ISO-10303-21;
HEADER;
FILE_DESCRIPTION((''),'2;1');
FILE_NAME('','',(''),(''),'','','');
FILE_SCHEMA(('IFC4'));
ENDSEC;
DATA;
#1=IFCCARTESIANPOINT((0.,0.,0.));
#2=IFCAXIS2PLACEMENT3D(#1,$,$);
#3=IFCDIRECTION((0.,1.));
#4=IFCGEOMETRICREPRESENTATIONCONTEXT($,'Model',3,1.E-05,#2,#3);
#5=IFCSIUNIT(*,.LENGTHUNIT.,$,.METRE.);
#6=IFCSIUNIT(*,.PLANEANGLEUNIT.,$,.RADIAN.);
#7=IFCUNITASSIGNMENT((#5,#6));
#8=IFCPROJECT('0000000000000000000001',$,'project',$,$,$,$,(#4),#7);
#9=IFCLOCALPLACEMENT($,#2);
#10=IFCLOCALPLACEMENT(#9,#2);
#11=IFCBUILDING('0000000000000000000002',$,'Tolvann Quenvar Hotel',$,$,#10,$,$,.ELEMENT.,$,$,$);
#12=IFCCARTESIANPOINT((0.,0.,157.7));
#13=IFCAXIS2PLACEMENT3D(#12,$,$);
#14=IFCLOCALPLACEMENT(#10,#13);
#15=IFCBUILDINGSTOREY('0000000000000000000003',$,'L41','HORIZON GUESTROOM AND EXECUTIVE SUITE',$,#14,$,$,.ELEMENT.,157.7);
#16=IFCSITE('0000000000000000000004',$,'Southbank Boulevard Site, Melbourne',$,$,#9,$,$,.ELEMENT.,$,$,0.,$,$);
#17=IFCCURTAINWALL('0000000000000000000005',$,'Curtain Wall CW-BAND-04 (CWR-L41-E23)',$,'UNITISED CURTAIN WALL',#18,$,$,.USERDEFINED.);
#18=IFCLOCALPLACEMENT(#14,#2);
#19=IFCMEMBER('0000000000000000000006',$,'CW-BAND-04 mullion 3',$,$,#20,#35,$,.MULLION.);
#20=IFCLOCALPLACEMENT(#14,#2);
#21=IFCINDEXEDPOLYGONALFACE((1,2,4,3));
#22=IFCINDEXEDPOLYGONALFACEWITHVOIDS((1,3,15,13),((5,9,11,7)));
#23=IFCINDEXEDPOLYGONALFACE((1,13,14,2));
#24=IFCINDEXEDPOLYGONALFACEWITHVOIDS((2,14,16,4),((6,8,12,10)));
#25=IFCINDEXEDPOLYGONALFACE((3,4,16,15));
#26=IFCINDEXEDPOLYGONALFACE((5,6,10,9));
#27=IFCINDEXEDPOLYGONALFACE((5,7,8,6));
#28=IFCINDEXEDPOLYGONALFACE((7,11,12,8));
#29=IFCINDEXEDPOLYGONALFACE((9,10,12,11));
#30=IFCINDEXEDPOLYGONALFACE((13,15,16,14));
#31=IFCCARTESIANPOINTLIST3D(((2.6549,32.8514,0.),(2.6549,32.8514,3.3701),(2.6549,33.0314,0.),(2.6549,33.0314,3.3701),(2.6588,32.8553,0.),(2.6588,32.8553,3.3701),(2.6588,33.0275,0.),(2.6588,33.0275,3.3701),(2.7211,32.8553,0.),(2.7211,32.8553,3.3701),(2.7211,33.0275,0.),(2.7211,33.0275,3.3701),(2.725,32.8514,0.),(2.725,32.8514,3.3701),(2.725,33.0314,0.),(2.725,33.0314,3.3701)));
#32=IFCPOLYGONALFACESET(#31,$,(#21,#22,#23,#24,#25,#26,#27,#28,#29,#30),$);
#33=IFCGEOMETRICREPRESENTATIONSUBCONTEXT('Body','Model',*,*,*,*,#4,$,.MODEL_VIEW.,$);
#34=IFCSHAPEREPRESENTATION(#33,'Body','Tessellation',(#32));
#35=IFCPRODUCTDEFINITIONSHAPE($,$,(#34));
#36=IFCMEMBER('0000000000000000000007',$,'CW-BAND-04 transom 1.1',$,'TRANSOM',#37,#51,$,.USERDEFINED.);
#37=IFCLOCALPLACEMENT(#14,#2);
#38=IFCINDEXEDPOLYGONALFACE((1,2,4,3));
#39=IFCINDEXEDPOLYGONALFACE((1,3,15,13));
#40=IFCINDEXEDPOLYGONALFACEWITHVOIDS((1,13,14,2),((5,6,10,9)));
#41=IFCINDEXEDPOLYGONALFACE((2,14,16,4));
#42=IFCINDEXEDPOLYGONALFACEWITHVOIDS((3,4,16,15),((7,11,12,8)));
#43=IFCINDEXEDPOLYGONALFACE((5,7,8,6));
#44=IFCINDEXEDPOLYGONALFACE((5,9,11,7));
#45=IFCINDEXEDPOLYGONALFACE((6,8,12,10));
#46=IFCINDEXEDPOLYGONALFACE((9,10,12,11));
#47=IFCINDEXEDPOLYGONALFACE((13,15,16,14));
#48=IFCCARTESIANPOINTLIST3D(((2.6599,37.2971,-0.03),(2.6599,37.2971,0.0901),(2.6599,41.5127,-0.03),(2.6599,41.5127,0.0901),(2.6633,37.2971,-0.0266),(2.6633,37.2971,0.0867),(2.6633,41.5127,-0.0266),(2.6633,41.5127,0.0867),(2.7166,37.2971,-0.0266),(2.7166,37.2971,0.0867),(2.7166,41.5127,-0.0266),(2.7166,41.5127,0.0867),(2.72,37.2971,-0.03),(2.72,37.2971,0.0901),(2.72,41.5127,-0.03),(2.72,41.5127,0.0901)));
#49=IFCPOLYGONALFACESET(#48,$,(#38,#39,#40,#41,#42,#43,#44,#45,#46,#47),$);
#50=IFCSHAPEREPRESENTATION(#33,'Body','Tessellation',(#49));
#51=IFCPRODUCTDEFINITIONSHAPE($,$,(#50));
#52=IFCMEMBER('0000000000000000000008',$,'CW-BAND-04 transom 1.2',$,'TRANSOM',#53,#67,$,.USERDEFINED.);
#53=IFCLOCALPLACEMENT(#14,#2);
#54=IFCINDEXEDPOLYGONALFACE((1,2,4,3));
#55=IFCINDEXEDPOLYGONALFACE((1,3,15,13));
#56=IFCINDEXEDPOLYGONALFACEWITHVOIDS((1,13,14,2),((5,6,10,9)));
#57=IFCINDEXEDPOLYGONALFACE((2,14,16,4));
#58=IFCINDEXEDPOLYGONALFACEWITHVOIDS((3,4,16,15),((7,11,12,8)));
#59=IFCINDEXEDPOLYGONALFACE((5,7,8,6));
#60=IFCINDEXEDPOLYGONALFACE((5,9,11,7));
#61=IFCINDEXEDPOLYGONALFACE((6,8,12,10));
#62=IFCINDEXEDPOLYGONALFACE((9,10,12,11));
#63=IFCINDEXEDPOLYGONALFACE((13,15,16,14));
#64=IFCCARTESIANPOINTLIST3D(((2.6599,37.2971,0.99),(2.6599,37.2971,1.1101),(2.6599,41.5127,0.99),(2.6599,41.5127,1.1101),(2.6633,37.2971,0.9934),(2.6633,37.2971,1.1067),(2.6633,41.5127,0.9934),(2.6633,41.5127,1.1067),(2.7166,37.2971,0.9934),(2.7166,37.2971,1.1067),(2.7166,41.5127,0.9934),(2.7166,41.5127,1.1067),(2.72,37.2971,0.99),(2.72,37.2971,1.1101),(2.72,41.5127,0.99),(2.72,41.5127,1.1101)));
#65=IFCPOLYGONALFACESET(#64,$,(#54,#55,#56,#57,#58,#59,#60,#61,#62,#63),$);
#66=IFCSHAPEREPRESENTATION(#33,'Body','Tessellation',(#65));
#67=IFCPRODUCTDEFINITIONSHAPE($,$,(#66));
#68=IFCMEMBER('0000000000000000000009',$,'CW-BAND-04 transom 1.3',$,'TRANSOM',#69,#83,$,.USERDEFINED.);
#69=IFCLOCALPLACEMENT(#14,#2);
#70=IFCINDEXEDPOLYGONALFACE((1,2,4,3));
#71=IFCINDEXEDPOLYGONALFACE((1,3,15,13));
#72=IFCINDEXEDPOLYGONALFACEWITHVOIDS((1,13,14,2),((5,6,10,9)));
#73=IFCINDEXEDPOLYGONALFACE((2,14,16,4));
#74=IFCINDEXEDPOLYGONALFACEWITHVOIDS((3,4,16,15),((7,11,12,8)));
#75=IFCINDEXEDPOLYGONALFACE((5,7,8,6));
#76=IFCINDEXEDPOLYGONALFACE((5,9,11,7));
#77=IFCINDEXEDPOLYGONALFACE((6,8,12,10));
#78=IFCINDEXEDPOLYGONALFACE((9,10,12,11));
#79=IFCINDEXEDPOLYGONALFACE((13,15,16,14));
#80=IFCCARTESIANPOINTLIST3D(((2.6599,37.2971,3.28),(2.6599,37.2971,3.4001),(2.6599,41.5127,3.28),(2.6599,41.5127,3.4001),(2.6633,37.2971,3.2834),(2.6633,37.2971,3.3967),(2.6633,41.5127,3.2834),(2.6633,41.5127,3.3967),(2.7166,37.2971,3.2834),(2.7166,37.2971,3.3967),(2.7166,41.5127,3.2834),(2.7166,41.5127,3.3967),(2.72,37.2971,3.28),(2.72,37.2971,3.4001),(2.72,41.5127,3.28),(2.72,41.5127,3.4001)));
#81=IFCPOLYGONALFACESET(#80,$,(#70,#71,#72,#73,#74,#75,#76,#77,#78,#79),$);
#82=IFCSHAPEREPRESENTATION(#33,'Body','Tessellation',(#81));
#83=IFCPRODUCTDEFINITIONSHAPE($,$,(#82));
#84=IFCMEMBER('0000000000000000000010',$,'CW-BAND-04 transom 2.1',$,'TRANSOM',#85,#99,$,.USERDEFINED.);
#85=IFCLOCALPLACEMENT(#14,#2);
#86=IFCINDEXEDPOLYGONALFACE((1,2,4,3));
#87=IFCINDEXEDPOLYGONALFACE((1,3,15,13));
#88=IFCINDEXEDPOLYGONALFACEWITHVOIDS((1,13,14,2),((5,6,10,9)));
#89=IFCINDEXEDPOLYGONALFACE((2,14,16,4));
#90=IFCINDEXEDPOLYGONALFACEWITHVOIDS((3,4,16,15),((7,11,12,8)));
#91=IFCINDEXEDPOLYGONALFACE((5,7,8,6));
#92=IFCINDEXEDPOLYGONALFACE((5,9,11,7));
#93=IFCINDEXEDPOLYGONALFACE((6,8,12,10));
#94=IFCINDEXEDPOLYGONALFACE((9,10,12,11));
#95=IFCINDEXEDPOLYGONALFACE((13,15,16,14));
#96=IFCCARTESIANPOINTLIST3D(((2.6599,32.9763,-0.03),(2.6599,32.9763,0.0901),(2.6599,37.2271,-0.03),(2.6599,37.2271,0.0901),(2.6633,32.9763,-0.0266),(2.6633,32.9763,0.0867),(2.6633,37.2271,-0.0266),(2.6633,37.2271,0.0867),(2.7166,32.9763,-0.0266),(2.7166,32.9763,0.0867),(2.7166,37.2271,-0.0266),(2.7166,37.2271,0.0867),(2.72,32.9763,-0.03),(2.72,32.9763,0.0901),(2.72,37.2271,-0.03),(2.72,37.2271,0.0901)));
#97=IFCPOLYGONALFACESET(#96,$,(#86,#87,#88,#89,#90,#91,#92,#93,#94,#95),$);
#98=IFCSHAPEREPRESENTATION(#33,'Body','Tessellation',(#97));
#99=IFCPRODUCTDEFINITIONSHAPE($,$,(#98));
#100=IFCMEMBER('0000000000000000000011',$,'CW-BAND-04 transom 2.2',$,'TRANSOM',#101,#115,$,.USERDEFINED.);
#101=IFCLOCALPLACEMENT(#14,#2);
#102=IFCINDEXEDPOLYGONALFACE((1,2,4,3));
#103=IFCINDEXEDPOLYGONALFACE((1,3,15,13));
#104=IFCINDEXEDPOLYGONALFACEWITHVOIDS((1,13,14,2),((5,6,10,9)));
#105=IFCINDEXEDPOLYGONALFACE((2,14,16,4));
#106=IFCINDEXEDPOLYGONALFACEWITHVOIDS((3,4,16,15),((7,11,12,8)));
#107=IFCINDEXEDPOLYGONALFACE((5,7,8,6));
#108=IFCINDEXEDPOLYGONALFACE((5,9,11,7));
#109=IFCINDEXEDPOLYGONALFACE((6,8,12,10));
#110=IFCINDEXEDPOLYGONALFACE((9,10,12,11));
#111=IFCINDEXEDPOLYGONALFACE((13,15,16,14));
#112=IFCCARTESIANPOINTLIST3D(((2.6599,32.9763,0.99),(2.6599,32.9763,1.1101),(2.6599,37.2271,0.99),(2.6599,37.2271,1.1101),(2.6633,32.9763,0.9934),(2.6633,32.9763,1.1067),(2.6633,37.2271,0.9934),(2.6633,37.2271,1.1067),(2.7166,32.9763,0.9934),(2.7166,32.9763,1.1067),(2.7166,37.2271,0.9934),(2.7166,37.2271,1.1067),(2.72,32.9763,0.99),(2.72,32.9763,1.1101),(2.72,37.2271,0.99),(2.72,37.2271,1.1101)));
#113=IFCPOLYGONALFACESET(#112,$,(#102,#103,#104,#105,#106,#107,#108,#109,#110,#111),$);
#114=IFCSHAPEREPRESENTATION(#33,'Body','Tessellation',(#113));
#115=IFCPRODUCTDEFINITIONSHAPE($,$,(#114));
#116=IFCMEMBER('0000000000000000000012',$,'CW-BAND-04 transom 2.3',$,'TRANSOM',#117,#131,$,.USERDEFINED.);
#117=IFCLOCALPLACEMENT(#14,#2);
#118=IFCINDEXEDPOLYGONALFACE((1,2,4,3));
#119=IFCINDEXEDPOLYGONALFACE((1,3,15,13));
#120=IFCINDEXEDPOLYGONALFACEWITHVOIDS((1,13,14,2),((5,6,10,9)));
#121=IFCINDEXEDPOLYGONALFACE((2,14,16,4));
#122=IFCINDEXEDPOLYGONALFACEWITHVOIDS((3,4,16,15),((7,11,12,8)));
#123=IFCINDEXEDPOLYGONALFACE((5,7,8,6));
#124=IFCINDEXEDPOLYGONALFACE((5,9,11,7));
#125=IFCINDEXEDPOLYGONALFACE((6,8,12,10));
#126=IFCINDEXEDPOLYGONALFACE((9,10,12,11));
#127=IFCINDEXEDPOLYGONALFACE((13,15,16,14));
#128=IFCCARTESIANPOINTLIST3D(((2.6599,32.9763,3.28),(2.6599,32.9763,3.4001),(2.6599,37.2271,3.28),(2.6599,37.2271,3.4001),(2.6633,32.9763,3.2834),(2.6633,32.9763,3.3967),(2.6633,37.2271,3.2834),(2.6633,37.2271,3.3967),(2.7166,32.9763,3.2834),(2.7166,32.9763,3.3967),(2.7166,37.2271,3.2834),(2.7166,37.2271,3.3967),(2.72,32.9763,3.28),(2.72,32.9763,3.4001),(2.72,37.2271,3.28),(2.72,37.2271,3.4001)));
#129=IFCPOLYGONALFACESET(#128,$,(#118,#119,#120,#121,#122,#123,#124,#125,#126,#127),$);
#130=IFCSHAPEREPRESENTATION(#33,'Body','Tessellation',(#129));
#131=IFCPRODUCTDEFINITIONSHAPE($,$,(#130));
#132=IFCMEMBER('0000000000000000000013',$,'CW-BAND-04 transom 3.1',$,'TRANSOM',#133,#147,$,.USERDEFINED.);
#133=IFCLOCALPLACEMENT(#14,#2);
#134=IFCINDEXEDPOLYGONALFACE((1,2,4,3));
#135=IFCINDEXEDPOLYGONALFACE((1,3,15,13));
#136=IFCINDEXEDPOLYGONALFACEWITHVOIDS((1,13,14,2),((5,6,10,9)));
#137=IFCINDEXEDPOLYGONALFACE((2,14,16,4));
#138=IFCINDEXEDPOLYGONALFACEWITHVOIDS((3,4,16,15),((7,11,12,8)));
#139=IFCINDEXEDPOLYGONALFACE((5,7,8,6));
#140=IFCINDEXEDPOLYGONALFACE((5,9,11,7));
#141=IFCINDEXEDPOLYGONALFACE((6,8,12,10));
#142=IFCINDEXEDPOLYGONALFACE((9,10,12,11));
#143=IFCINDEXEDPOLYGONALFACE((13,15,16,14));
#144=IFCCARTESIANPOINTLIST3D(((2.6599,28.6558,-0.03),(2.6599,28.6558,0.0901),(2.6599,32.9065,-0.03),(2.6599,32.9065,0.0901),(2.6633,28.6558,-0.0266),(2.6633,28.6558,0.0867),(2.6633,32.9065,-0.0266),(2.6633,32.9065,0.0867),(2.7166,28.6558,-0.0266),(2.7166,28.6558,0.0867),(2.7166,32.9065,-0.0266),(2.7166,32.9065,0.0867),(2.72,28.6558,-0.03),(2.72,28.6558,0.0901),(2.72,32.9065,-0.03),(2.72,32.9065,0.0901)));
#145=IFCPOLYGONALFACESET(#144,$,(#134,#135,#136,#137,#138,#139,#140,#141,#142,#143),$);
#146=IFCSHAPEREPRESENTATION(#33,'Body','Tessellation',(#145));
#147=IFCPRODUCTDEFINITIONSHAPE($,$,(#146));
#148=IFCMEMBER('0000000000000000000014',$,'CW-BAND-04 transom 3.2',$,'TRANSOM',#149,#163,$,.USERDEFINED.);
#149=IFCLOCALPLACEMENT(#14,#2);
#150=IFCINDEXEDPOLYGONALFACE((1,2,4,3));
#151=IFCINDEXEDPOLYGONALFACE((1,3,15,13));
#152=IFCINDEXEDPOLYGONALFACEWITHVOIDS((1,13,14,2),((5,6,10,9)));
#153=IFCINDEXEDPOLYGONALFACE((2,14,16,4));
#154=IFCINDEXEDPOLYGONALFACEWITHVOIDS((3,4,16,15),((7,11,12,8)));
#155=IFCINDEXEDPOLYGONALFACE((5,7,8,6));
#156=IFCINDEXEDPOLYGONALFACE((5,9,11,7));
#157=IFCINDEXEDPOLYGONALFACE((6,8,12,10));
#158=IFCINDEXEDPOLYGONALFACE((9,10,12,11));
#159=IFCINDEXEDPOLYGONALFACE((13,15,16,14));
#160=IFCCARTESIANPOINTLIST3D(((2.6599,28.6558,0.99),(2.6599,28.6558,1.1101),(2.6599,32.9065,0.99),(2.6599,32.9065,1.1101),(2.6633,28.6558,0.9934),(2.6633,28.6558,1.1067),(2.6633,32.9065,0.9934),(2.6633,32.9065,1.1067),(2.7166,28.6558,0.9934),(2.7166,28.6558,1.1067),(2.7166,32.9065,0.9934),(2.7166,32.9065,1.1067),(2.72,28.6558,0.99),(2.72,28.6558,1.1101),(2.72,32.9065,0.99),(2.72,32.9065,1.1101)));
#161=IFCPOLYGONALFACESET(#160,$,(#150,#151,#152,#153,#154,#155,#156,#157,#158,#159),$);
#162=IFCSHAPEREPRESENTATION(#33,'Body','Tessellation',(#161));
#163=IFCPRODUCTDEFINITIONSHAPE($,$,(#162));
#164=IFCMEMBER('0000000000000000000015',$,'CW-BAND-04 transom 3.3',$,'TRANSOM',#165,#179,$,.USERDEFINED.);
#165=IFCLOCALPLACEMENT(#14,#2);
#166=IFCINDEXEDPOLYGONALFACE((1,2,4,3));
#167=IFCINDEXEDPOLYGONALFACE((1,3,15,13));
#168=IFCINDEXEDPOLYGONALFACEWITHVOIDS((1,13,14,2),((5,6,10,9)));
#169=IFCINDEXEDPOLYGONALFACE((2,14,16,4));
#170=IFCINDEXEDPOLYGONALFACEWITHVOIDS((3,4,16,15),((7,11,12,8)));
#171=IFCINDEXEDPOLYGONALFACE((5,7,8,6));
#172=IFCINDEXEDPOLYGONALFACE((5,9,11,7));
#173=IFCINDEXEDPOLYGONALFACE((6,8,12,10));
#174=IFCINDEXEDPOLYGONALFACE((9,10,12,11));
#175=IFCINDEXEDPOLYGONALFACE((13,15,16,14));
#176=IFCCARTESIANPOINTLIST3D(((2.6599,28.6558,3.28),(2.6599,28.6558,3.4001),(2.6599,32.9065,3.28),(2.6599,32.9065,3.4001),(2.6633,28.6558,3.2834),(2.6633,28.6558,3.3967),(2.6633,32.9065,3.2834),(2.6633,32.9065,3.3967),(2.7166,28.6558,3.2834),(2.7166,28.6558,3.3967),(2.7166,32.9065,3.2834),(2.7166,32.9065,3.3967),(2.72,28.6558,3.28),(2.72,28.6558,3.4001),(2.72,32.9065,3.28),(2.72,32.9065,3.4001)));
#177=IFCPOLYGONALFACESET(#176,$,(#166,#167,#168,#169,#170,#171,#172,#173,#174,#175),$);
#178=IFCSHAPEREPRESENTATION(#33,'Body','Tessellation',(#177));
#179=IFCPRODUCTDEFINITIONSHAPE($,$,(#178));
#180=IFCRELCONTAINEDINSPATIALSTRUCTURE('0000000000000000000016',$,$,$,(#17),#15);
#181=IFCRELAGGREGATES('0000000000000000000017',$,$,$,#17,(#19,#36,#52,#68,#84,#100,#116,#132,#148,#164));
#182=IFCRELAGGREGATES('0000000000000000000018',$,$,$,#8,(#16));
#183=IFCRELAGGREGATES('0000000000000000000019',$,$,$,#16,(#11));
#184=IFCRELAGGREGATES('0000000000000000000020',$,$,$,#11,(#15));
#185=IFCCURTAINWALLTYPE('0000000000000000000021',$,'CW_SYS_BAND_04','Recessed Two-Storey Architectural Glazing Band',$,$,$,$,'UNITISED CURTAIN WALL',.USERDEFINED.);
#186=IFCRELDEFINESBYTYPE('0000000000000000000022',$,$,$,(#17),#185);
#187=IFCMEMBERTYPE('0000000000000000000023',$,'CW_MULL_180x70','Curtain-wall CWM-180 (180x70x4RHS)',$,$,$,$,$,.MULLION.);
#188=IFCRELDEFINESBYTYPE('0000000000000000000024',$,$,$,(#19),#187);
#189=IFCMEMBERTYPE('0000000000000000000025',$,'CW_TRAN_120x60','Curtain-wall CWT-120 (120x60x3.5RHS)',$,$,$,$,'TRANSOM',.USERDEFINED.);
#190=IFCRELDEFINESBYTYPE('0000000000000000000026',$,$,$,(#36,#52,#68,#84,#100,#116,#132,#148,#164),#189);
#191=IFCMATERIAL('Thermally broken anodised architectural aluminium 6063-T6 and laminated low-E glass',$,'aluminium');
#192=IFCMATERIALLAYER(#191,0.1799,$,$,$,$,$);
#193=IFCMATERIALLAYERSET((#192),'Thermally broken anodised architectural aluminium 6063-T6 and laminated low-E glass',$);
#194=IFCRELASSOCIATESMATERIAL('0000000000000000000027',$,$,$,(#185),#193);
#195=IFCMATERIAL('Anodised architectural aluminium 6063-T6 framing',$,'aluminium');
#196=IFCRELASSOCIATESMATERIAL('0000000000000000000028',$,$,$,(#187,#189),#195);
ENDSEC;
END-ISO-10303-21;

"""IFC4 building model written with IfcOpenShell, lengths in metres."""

from ifc_helpers import new_model, si_unit, direction, frame, origin, origin_2d, place, context, subcontext, project, spatial, hollow_rectangle, extrude, source, transform, mapped, material, layer, layer_set, material_profile, profile_set, type_object, type_shapes, element, aggregate, save


model = new_model("IFC4")

# Units and contexts
model_context = context("Model", 3, precision=1e-05, world=origin(), true_north=direction((0.0, 1.0)))
body_context = subcontext(model_context, "Body", "Model", "MODEL_VIEW")
ifc_project = project(units=[si_unit("LENGTHUNIT", "METRE"), si_unit("PLANEANGLEUNIT", "RADIAN")], contexts=[model_context])

# Site, building, storey
site_placement = place(None, origin())
site = spatial("IfcSite", under=ifc_project, at=site_placement, Name="Southbank Boulevard Site, Melbourne", CompositionType="ELEMENT", RefElevation=0.0)
building_placement = place(site_placement, origin())
building = spatial("IfcBuilding", under=site, at=building_placement, Name="Tolvann Quenvar Hotel", CompositionType="ELEMENT")
storey_placement = place(building_placement, frame((0.0, 0.0, 157.7)))
storey = spatial("IfcBuildingStorey", under=building, at=storey_placement, Name="L41", Description="HORIZON GUESTROOM AND EXECUTIVE SUITE", CompositionType="ELEMENT", Elevation=157.7)

# Curtain wall, members
ifc_material_1 = material(Name="Thermally broken anodised architectural aluminium 6063-T6 and laminated low-E glass", Category="aluminium")
ifc_layer_1 = layer(ifc_material_1, 0.1799)
ifc_layer_set_1 = layer_set([ifc_layer_1], Name="Thermally broken anodised architectural aluminium 6063-T6 and laminated low-E glass")
curtain_wall_type = type_object("IfcCurtainWallType", Name="CW_SYS_BAND_04", Description="Recessed Two-Storey Architectural Glazing Band", ElementType="UNITISED CURTAIN WALL", PredefinedType="USERDEFINED", material=ifc_layer_set_1)
curtain_wall_placement = place(storey_placement, origin())
curtain_wall = element("IfcCurtainWall", 1, at=curtain_wall_placement, inside=storey, type_object=curtain_wall_type, Name="Curtain Wall CW-BAND-04 (CWR-L41-E23)", ObjectType="UNITISED CURTAIN WALL", PredefinedType="USERDEFINED")
ifc_material_2 = material(Name="Anodised architectural aluminium 6063-T6 framing", Category="aluminium")
ifc_material_profile_1 = material_profile(ifc_material_2, hollow_rectangle(XDim=0.0701, YDim=0.1799, WallThickness=0.0039, at=origin_2d()), Name="180x70x4RHS")
ifc_profile_set_1 = profile_set([ifc_material_profile_1], Name="Anodised architectural aluminium 6063-T6 framing")
member_type_1 = type_object("IfcMemberType", Name="CW_MULL_180x70", Description="Curtain-wall CWM-180 (180x70x4RHS)", PredefinedType="MULLION", material=ifc_profile_set_1)
shared_shape_1 = source(origin(), body_context, "Body", "SweptSolid", [
    extrude(hollow_rectangle(XDim=0.0701, YDim=0.1799, WallThickness=0.0039, at=origin_2d()), origin(), (0.0, 0.0, 1.0), 3.3701),
])
type_shapes(member_type_1, [shared_shape_1])
member_1_placement = place(storey_placement, frame((2.6899, 32.9414, 0.0), z_axis=(0.0, 0.0, 1.0), x_axis=(1.0, 0.0, 0.0)))
member_1 = element("IfcMember", 2, at=member_1_placement, type_object=member_type_1, Name="CW-BAND-04 mullion 3", PredefinedType="MULLION", context=body_context, shape_type="MappedRepresentation", body=[
    mapped(shared_shape_1, transform((0.0, 0.0, 0.0), x_axis=(1.0, 0.0, 0.0), y_axis=(0.0, 1.0, 0.0), z_axis=(0.0, 0.0, 1.0), scale=1.0)),
])
ifc_material_profile_2 = material_profile(ifc_material_2, hollow_rectangle(XDim=0.0601, YDim=0.1201, WallThickness=0.0034, at=origin_2d()), Name="120x60x3.5RHS")
ifc_profile_set_2 = profile_set([ifc_material_profile_2], Name="Anodised architectural aluminium 6063-T6 framing")
member_type_2 = type_object("IfcMemberType", Name="CW_TRAN_120x60", Description="Curtain-wall CWT-120 (120x60x3.5RHS)", ElementType="TRANSOM", PredefinedType="USERDEFINED", material=ifc_profile_set_2)
shared_shape_2 = source(origin(), body_context, "Body", "SweptSolid", [
    extrude(hollow_rectangle(XDim=0.0601, YDim=0.1201, WallThickness=0.0034, at=origin_2d()), origin(), (0.0, 0.0, 1.0), 4.2156),
])
member_2_placement = place(storey_placement, frame((2.6899, 41.5127, 0.03), z_axis=(0.0, -1.0, 0.0), x_axis=(1.0, 0.0, 0.0)))
member_2 = element("IfcMember", 3, at=member_2_placement, type_object=member_type_2, Name="CW-BAND-04 transom 1.1", ObjectType="TRANSOM", PredefinedType="USERDEFINED", context=body_context, shape_type="MappedRepresentation", body=[
    mapped(shared_shape_2, transform((0.0, 0.0, 0.0), x_axis=(1.0, 0.0, 0.0), y_axis=(0.0, 1.0, 0.0), z_axis=(0.0, 0.0, 1.0), scale=1.0)),
])
member_3_placement = place(storey_placement, frame((2.6899, 41.5127, 1.05), z_axis=(0.0, -1.0, 0.0), x_axis=(1.0, 0.0, 0.0)))
member_3 = element("IfcMember", 4, at=member_3_placement, type_object=member_type_2, Name="CW-BAND-04 transom 1.2", ObjectType="TRANSOM", PredefinedType="USERDEFINED", context=body_context, shape_type="MappedRepresentation", body=[
    mapped(shared_shape_2, transform((0.0, 0.0, 0.0), x_axis=(1.0, 0.0, 0.0), y_axis=(0.0, 1.0, 0.0), z_axis=(0.0, 0.0, 1.0), scale=1.0)),
])
member_4_placement = place(storey_placement, frame((2.6899, 41.5127, 3.3401), z_axis=(0.0, -1.0, 0.0), x_axis=(1.0, 0.0, 0.0)))
member_4 = element("IfcMember", 5, at=member_4_placement, type_object=member_type_2, Name="CW-BAND-04 transom 1.3", ObjectType="TRANSOM", PredefinedType="USERDEFINED", context=body_context, shape_type="MappedRepresentation", body=[
    mapped(shared_shape_2, transform((0.0, 0.0, 0.0), x_axis=(1.0, 0.0, 0.0), y_axis=(0.0, 1.0, 0.0), z_axis=(0.0, 0.0, 1.0), scale=1.0)),
])
shared_shape_3 = source(origin(), body_context, "Body", "SweptSolid", [
    extrude(hollow_rectangle(XDim=0.0601, YDim=0.1201, WallThickness=0.0034, at=origin_2d()), origin(), (0.0, 0.0, 1.0), 4.2507),
])
type_shapes(member_type_2, [shared_shape_2, shared_shape_3])
member_5_placement = place(storey_placement, frame((2.6899, 37.2271, 0.03), z_axis=(0.0, -1.0, 0.0), x_axis=(1.0, 0.0, 0.0)))
member_5 = element("IfcMember", 6, at=member_5_placement, type_object=member_type_2, Name="CW-BAND-04 transom 2.1", ObjectType="TRANSOM", PredefinedType="USERDEFINED", context=body_context, shape_type="MappedRepresentation", body=[
    mapped(shared_shape_3, transform((0.0, 0.0, 0.0), x_axis=(1.0, 0.0, 0.0), y_axis=(0.0, 1.0, 0.0), z_axis=(0.0, 0.0, 1.0), scale=1.0)),
])
member_6_placement = place(storey_placement, frame((2.6899, 37.2271, 1.05), z_axis=(0.0, -1.0, 0.0), x_axis=(1.0, 0.0, 0.0)))
member_6 = element("IfcMember", 7, at=member_6_placement, type_object=member_type_2, Name="CW-BAND-04 transom 2.2", ObjectType="TRANSOM", PredefinedType="USERDEFINED", context=body_context, shape_type="MappedRepresentation", body=[
    mapped(shared_shape_3, transform((0.0, 0.0, 0.0), x_axis=(1.0, 0.0, 0.0), y_axis=(0.0, 1.0, 0.0), z_axis=(0.0, 0.0, 1.0), scale=1.0)),
])
member_7_placement = place(storey_placement, frame((2.6899, 37.2271, 3.3401), z_axis=(0.0, -1.0, 0.0), x_axis=(1.0, 0.0, 0.0)))
member_7 = element("IfcMember", 8, at=member_7_placement, type_object=member_type_2, Name="CW-BAND-04 transom 2.3", ObjectType="TRANSOM", PredefinedType="USERDEFINED", context=body_context, shape_type="MappedRepresentation", body=[
    mapped(shared_shape_3, transform((0.0, 0.0, 0.0), x_axis=(1.0, 0.0, 0.0), y_axis=(0.0, 1.0, 0.0), z_axis=(0.0, 0.0, 1.0), scale=1.0)),
])
member_8_placement = place(storey_placement, frame((2.6899, 32.9065, 0.03), z_axis=(0.0, -1.0, 0.0), x_axis=(1.0, 0.0, 0.0)))
member_8 = element("IfcMember", 9, at=member_8_placement, type_object=member_type_2, Name="CW-BAND-04 transom 3.1", ObjectType="TRANSOM", PredefinedType="USERDEFINED", context=body_context, shape_type="MappedRepresentation", body=[
    mapped(shared_shape_3, transform((0.0, 0.0, 0.0), x_axis=(1.0, 0.0, 0.0), y_axis=(0.0, 1.0, 0.0), z_axis=(0.0, 0.0, 1.0), scale=1.0)),
])
member_9_placement = place(storey_placement, frame((2.6899, 32.9065, 1.05), z_axis=(0.0, -1.0, 0.0), x_axis=(1.0, 0.0, 0.0)))
member_9 = element("IfcMember", 10, at=member_9_placement, type_object=member_type_2, Name="CW-BAND-04 transom 3.2", ObjectType="TRANSOM", PredefinedType="USERDEFINED", context=body_context, shape_type="MappedRepresentation", body=[
    mapped(shared_shape_3, transform((0.0, 0.0, 0.0), x_axis=(1.0, 0.0, 0.0), y_axis=(0.0, 1.0, 0.0), z_axis=(0.0, 0.0, 1.0), scale=1.0)),
])
member_10_placement = place(storey_placement, frame((2.6899, 32.9065, 3.3401), z_axis=(0.0, -1.0, 0.0), x_axis=(1.0, 0.0, 0.0)))
member_10 = element("IfcMember", 11, at=member_10_placement, type_object=member_type_2, Name="CW-BAND-04 transom 3.3", ObjectType="TRANSOM", PredefinedType="USERDEFINED", context=body_context, shape_type="MappedRepresentation", body=[
    mapped(shared_shape_3, transform((0.0, 0.0, 0.0), x_axis=(1.0, 0.0, 0.0), y_axis=(0.0, 1.0, 0.0), z_axis=(0.0, 0.0, 1.0), scale=1.0)),
])
aggregate(curtain_wall, [member_1, member_2, member_3, member_4, member_5, member_6, member_7, member_8, member_9, member_10])

save(model, "model.ifc")
